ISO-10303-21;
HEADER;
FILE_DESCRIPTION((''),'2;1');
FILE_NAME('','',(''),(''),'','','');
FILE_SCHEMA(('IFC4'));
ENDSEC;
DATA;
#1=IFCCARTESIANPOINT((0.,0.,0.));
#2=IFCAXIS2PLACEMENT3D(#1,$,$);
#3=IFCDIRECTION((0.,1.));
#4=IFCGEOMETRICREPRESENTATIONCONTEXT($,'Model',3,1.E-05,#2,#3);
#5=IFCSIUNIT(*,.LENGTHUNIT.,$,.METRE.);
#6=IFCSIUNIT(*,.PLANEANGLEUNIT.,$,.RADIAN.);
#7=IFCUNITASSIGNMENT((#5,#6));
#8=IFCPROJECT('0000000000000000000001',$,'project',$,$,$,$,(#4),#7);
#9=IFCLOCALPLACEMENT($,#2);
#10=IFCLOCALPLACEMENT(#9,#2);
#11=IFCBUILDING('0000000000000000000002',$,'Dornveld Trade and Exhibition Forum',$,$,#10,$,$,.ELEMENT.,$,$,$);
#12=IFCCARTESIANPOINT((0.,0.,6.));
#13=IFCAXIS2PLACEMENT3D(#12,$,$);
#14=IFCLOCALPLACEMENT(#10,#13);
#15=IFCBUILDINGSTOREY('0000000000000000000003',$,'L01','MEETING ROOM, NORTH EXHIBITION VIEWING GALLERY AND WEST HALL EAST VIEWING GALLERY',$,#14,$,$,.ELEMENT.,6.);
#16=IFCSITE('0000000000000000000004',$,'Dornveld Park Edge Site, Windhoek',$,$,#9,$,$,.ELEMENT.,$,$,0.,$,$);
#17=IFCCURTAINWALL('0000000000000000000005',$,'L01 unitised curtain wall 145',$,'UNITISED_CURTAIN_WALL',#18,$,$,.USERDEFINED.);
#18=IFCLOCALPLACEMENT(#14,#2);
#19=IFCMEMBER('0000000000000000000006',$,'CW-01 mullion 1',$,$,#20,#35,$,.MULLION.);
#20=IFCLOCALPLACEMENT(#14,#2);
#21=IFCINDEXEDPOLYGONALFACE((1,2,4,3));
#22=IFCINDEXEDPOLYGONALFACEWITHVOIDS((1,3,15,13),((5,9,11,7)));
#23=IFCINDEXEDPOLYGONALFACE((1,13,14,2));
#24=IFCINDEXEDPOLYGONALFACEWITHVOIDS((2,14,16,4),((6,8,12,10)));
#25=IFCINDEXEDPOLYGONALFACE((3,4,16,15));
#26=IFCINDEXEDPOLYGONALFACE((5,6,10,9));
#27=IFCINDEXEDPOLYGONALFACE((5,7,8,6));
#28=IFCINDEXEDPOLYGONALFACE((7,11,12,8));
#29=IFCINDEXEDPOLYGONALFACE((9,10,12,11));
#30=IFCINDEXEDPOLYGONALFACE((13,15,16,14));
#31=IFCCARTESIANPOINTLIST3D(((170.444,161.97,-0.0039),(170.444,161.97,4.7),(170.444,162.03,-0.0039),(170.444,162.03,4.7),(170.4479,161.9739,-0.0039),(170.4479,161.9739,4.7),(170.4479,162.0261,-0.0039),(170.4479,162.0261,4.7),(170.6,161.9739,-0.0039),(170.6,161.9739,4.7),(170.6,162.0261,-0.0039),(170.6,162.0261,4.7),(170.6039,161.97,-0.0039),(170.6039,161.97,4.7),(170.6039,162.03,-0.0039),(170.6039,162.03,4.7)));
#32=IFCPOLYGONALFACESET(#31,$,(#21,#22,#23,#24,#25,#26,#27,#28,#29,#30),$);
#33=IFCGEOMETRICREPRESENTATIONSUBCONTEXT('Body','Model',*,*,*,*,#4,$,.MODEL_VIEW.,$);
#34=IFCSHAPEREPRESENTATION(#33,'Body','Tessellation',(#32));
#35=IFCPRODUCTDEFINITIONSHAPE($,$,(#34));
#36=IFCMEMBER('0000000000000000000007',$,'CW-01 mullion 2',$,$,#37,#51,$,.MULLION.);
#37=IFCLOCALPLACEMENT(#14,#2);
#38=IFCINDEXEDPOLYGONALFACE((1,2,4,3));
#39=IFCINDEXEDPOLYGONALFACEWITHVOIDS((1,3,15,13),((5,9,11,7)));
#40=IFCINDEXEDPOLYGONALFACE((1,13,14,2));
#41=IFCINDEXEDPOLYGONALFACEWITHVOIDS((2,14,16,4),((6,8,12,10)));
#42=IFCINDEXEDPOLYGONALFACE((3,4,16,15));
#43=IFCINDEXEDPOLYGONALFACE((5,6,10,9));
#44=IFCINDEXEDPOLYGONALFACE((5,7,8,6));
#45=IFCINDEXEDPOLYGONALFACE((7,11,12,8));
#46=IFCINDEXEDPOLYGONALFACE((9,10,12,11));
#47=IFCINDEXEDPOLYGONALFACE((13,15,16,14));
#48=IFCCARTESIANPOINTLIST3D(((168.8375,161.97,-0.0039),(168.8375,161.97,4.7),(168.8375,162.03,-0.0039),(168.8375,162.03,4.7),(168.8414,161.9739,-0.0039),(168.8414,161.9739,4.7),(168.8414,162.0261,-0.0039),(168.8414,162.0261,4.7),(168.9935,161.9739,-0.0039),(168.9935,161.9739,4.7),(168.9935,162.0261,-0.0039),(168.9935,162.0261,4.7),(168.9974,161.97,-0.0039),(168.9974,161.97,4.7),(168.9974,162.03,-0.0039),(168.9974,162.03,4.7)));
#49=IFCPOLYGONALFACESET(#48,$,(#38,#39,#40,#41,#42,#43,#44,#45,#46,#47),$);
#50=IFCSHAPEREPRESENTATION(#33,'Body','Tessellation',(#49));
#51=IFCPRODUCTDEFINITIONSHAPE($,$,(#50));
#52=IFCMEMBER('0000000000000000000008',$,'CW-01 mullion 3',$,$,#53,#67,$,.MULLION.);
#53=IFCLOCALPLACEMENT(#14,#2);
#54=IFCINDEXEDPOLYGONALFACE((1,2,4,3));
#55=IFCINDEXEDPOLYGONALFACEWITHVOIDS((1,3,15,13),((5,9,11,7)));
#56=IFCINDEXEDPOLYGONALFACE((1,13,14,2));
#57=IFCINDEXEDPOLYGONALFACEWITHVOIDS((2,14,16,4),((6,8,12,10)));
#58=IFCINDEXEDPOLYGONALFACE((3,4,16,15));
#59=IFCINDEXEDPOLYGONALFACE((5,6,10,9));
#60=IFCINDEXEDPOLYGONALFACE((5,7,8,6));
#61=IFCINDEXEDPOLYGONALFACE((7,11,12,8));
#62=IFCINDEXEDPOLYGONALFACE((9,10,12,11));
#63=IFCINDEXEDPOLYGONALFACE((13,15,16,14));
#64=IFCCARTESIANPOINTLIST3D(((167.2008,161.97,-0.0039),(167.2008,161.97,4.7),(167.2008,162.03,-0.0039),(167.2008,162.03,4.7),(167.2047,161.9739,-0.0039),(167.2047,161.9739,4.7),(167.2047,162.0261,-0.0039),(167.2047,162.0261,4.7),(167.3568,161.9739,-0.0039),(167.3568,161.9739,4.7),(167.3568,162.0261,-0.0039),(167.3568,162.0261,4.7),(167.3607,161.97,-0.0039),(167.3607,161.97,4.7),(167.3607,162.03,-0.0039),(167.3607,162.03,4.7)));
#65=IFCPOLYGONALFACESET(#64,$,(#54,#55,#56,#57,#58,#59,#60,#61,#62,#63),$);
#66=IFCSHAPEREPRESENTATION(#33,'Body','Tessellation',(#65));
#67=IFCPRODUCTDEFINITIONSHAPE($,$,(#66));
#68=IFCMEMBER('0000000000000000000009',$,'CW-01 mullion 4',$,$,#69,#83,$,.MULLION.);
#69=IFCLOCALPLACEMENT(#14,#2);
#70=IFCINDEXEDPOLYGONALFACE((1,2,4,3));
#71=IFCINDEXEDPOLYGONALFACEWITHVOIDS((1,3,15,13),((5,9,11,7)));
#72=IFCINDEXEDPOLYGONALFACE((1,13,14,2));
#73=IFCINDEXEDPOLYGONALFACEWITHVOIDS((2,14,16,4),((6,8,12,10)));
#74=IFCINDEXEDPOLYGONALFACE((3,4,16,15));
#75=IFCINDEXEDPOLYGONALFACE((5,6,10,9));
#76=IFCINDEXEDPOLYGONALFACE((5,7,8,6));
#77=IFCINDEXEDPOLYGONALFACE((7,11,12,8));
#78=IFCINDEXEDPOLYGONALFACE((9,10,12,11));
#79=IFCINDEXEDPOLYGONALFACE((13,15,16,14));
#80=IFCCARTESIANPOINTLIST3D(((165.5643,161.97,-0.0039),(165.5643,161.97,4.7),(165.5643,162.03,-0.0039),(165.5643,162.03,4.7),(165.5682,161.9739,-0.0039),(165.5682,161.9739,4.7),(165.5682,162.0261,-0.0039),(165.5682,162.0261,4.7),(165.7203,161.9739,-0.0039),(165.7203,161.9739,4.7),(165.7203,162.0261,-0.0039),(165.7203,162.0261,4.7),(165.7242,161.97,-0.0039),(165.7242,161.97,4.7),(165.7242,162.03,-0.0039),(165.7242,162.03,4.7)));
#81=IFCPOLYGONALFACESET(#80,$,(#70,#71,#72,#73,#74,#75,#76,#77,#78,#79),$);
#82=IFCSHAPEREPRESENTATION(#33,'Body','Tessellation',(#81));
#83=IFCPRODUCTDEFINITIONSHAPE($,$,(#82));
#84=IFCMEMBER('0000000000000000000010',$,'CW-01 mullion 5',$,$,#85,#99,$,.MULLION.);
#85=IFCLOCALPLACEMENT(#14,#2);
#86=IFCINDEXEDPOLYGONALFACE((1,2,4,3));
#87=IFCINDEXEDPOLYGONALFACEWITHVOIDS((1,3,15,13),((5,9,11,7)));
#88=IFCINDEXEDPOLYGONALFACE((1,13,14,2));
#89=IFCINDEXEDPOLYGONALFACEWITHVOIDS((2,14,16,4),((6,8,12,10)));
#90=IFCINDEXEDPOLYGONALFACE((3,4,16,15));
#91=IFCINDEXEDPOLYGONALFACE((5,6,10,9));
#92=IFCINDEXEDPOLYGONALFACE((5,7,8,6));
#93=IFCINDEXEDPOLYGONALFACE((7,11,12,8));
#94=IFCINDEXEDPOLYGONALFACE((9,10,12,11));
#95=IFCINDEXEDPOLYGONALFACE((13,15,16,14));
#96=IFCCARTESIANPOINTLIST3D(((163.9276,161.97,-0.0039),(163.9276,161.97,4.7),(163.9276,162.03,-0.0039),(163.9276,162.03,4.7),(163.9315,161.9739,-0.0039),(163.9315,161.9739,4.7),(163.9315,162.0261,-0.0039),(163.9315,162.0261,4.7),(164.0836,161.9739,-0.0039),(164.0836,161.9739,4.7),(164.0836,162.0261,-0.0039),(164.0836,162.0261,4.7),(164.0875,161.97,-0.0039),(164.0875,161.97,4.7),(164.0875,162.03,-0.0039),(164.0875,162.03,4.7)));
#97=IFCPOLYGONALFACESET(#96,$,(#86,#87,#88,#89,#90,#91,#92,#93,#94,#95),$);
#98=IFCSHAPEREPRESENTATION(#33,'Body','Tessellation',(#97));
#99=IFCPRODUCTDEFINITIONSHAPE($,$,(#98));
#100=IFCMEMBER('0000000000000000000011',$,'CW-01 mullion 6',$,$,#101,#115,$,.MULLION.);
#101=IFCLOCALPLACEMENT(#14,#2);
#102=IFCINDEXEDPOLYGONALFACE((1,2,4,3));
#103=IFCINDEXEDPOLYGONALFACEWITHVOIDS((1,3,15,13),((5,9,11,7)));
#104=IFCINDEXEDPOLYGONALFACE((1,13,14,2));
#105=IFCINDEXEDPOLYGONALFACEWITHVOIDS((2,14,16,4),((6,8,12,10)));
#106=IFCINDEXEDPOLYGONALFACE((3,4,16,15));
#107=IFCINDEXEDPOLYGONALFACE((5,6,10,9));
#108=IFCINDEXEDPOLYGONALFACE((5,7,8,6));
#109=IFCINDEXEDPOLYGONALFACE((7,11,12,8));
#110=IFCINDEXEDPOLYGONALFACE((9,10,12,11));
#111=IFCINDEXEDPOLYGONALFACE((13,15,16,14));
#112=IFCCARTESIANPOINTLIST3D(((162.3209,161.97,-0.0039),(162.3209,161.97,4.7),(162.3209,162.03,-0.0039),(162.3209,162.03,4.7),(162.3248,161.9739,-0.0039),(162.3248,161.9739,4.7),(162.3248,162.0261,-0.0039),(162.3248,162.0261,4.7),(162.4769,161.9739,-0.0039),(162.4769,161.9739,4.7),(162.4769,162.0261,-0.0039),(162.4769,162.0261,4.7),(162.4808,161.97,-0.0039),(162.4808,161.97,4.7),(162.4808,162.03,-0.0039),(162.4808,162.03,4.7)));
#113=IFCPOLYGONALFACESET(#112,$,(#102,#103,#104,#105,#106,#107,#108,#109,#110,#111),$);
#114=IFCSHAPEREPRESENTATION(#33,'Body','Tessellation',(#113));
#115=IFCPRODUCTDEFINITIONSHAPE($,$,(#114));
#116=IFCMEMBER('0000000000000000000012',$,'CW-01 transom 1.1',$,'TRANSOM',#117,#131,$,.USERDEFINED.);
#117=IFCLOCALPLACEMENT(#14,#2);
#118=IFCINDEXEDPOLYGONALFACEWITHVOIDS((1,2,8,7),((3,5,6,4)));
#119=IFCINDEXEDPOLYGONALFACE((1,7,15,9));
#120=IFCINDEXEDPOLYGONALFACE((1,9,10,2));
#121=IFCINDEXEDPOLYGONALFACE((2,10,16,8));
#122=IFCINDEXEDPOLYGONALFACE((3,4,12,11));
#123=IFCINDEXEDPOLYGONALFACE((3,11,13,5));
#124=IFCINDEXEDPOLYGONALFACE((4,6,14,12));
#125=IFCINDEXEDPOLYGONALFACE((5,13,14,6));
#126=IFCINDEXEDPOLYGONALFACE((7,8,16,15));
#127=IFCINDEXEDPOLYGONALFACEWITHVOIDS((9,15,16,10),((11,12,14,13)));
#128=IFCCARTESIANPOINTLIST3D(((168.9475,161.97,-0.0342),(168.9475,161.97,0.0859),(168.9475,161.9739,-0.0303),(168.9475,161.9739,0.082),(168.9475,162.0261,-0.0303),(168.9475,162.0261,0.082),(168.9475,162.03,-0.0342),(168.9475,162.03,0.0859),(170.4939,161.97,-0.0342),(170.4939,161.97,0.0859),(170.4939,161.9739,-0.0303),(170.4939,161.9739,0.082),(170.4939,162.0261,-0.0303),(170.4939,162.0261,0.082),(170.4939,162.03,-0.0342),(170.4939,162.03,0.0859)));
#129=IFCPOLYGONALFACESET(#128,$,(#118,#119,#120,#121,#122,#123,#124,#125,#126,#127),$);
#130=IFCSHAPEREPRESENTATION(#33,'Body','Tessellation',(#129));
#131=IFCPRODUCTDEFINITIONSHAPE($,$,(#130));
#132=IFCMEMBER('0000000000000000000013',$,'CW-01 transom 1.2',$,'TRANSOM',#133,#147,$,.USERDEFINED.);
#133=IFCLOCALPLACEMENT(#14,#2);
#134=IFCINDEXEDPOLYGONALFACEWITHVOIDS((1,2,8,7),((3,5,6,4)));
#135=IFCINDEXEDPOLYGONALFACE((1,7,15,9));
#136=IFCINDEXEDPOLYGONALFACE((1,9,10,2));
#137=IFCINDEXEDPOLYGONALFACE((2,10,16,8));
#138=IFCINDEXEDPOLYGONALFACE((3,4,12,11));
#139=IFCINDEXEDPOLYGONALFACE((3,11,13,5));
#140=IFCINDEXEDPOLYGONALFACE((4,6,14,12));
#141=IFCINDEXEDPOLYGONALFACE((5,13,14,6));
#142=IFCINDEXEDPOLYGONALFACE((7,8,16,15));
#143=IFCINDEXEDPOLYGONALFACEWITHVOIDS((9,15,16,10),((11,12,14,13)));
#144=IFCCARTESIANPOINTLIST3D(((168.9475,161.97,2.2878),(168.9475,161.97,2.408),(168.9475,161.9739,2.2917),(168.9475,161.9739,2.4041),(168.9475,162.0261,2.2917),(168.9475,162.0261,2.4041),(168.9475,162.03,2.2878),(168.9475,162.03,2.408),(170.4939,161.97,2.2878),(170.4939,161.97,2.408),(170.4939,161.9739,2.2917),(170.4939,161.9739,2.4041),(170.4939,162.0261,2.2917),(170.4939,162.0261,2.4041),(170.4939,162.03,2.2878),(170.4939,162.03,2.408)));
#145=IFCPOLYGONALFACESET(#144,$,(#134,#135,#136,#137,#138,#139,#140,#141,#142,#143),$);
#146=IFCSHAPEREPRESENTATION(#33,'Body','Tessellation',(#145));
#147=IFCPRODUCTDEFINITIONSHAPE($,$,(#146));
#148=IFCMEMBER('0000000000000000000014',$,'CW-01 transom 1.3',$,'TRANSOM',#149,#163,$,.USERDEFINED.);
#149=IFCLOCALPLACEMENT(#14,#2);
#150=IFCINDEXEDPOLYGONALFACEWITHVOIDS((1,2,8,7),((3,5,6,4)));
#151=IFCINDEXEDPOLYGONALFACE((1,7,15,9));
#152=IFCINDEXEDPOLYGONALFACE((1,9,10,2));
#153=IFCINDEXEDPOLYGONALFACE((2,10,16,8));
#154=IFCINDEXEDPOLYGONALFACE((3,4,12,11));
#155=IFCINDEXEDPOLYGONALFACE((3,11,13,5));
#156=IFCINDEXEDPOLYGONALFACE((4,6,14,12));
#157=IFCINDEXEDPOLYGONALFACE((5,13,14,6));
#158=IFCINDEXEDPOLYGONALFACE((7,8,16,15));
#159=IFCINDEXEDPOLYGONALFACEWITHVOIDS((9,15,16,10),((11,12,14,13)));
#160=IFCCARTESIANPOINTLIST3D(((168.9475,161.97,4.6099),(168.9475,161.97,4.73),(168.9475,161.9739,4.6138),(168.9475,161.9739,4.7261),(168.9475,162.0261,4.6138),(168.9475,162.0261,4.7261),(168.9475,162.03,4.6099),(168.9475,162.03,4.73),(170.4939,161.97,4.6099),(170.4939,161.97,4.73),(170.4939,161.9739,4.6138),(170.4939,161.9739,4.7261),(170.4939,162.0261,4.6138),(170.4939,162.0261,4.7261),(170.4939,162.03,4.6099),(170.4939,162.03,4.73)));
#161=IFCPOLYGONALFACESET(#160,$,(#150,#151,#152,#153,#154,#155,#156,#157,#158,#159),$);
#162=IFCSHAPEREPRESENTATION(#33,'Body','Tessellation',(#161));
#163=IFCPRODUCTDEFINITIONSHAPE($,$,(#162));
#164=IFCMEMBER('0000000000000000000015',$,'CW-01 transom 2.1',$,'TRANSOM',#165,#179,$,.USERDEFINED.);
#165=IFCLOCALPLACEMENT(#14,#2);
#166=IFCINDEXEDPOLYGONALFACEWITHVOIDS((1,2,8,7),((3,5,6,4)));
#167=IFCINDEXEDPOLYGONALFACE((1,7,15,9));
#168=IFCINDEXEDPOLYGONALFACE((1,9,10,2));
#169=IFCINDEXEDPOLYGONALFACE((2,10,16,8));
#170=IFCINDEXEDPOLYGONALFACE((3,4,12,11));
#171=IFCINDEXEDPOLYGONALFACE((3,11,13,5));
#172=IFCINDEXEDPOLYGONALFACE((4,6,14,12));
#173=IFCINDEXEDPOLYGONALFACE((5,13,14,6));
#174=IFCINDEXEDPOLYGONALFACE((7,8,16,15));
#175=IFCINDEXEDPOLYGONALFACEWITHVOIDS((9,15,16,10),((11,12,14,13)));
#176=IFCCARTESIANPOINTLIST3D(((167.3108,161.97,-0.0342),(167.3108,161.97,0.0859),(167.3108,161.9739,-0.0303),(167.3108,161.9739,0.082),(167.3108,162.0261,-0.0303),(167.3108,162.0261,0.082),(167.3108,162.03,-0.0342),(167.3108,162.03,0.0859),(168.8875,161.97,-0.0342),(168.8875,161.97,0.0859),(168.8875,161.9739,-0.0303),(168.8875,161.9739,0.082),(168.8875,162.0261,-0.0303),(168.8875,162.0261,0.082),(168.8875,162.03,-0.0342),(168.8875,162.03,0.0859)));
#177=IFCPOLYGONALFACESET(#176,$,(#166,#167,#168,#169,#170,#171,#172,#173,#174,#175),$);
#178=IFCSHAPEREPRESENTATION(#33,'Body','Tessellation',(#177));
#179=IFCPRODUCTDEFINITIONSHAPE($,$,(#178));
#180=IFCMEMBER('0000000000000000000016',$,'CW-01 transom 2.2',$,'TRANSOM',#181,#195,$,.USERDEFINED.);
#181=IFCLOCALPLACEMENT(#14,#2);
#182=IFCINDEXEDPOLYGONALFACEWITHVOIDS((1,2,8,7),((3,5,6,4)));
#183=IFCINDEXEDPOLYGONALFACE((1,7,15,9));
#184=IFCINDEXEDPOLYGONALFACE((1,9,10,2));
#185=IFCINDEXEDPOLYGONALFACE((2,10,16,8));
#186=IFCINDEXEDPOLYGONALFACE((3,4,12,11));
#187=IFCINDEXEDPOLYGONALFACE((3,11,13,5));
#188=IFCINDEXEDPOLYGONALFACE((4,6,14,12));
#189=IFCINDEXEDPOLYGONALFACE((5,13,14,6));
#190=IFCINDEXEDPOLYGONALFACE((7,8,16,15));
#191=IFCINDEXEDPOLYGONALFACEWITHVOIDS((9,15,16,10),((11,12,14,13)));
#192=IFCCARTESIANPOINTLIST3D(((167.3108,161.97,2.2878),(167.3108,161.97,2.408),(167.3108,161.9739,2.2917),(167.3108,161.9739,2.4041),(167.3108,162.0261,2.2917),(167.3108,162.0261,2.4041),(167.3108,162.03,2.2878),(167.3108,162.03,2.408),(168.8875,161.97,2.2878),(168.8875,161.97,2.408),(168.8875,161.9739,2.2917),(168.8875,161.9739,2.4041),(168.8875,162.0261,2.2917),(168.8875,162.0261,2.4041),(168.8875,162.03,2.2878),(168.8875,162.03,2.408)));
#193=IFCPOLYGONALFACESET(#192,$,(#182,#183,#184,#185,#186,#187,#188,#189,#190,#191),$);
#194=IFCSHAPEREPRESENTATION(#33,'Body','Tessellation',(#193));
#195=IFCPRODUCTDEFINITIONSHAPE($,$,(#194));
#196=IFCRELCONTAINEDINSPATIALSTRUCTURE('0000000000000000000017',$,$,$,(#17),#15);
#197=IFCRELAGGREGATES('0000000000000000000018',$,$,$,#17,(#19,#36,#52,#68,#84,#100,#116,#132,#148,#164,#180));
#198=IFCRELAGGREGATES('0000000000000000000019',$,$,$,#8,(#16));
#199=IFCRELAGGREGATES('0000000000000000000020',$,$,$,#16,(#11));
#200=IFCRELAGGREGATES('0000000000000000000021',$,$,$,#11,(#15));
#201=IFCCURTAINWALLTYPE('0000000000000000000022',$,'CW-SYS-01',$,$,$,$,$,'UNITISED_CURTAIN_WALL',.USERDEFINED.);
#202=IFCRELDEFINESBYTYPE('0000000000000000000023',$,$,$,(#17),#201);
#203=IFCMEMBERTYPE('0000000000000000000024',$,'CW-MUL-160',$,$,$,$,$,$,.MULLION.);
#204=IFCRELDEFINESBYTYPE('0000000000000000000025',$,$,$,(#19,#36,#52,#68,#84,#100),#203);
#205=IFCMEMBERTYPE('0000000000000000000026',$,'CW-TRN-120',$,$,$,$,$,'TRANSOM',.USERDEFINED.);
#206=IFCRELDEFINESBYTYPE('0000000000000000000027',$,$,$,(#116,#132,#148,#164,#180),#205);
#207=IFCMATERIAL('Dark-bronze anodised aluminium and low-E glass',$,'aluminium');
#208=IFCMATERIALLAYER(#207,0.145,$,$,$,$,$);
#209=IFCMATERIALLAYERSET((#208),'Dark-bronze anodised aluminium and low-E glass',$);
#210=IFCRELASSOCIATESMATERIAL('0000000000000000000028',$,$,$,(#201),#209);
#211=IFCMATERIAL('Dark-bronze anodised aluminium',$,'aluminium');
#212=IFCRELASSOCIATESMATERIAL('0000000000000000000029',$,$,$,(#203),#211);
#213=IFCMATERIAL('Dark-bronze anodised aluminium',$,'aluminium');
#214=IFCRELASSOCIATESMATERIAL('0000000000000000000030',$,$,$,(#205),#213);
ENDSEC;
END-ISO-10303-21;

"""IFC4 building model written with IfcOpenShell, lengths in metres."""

from ifc_helpers import new_model, si_unit, direction, frame, origin, origin_2d, place, context, subcontext, project, spatial, hollow_rectangle, extrude, material, layer, layer_set, material_profile, profile_set, type_object, element, aggregate, save


model = new_model("IFC4")

# Units and contexts
model_context = context("Model", 3, precision=1e-05, world=origin(), true_north=direction((0.0, 1.0)))
body_context = subcontext(model_context, "Body", "Model", "MODEL_VIEW")
ifc_project = project(units=[si_unit("LENGTHUNIT", "METRE"), si_unit("PLANEANGLEUNIT", "RADIAN")], contexts=[model_context])

# Site, building, storey
site_placement = place(None, origin())
site = spatial("IfcSite", under=ifc_project, at=site_placement, Name="Dornveld Park Edge Site, Windhoek", CompositionType="ELEMENT", RefElevation=0.0)
building_placement = place(site_placement, origin())
building = spatial("IfcBuilding", under=site, at=building_placement, Name="Dornveld Trade and Exhibition Forum", CompositionType="ELEMENT")
storey_placement = place(building_placement, frame((0.0, 0.0, 6.0)))
storey = spatial("IfcBuildingStorey", under=building, at=storey_placement, Name="L01", Description="MEETING ROOM, NORTH EXHIBITION VIEWING GALLERY AND WEST HALL EAST VIEWING GALLERY", CompositionType="ELEMENT", Elevation=6.0)

# Curtain wall, members
ifc_material_1 = material(Name="Dark-bronze anodised aluminium and low-E glass", Category="aluminium")
ifc_layer_1 = layer(ifc_material_1, 0.145)
ifc_layer_set_1 = layer_set([ifc_layer_1], Name="Dark-bronze anodised aluminium and low-E glass")
curtain_wall_type = type_object("IfcCurtainWallType", Name="CW-SYS-01", ElementType="UNITISED_CURTAIN_WALL", PredefinedType="USERDEFINED", material=ifc_layer_set_1)
curtain_wall_placement = place(storey_placement, origin())
curtain_wall = element("IfcCurtainWall", 1, at=curtain_wall_placement, inside=storey, type_object=curtain_wall_type, Name="L01 unitised curtain wall 145", ObjectType="UNITISED_CURTAIN_WALL", PredefinedType="USERDEFINED")
ifc_material_2 = material(Name="Dark-bronze anodised aluminium", Category="aluminium")
ifc_material_profile_1 = material_profile(ifc_material_2, hollow_rectangle(XDim=0.0601, YDim=0.1599, WallThickness=0.0039, at=origin_2d()), Name="RHS 160x60x4")
ifc_profile_set_1 = profile_set([ifc_material_profile_1], Name="Dark-bronze anodised aluminium")
member_type_1 = type_object("IfcMemberType", Name="CW-MUL-160", PredefinedType="MULLION", material=ifc_profile_set_1)
member_1_placement = place(storey_placement, frame((170.5239, 162.0, -0.0039), z_axis=(0.0, 0.0, 1.0), x_axis=(0.0, -1.0, 0.0)))
member_1 = element("IfcMember", 2, at=member_1_placement, type_object=member_type_1, Name="CW-01 mullion 1", PredefinedType="MULLION", context=body_context, shape_type="SweptSolid", body=[
    extrude(hollow_rectangle(XDim=0.0601, YDim=0.1599, WallThickness=0.0039, at=origin_2d()), origin(), (0.0, 0.0, 1.0), 4.7039),
])
member_2_placement = place(storey_placement, frame((168.9175, 162.0, -0.0039), z_axis=(0.0, 0.0, 1.0), x_axis=(0.0, -1.0, 0.0)))
member_2 = element("IfcMember", 3, at=member_2_placement, type_object=member_type_1, Name="CW-01 mullion 2", PredefinedType="MULLION", context=body_context, shape_type="SweptSolid", body=[
    extrude(hollow_rectangle(XDim=0.0601, YDim=0.1599, WallThickness=0.0039, at=origin_2d()), origin(), (0.0, 0.0, 1.0), 4.7039),
])
member_3_placement = place(storey_placement, frame((167.2808, 162.0, -0.0039), z_axis=(0.0, 0.0, 1.0), x_axis=(0.0, -1.0, 0.0)))
member_3 = element("IfcMember", 4, at=member_3_placement, type_object=member_type_1, Name="CW-01 mullion 3", PredefinedType="MULLION", context=body_context, shape_type="SweptSolid", body=[
    extrude(hollow_rectangle(XDim=0.0601, YDim=0.1599, WallThickness=0.0039, at=origin_2d()), origin(), (0.0, 0.0, 1.0), 4.7039),
])
member_4_placement = place(storey_placement, frame((165.6443, 162.0, -0.0039), z_axis=(0.0, 0.0, 1.0), x_axis=(0.0, -1.0, 0.0)))
member_4 = element("IfcMember", 5, at=member_4_placement, type_object=member_type_1, Name="CW-01 mullion 4", PredefinedType="MULLION", context=body_context, shape_type="SweptSolid", body=[
    extrude(hollow_rectangle(XDim=0.0601, YDim=0.1599, WallThickness=0.0039, at=origin_2d()), origin(), (0.0, 0.0, 1.0), 4.7039),
])
member_5_placement = place(storey_placement, frame((164.0076, 162.0, -0.0039), z_axis=(0.0, 0.0, 1.0), x_axis=(0.0, -1.0, 0.0)))
member_5 = element("IfcMember", 6, at=member_5_placement, type_object=member_type_1, Name="CW-01 mullion 5", PredefinedType="MULLION", context=body_context, shape_type="SweptSolid", body=[
    extrude(hollow_rectangle(XDim=0.0601, YDim=0.1599, WallThickness=0.0039, at=origin_2d()), origin(), (0.0, 0.0, 1.0), 4.7039),
])
member_6_placement = place(storey_placement, frame((162.4009, 162.0, -0.0039), z_axis=(0.0, 0.0, 1.0), x_axis=(0.0, -1.0, 0.0)))
member_6 = element("IfcMember", 7, at=member_6_placement, type_object=member_type_1, Name="CW-01 mullion 6", PredefinedType="MULLION", context=body_context, shape_type="SweptSolid", body=[
    extrude(hollow_rectangle(XDim=0.0601, YDim=0.1599, WallThickness=0.0039, at=origin_2d()), origin(), (0.0, 0.0, 1.0), 4.7039),
])
ifc_material_3 = material(Name="Dark-bronze anodised aluminium", Category="aluminium")
ifc_material_profile_2 = material_profile(ifc_material_3, hollow_rectangle(XDim=0.0601, YDim=0.1201, WallThickness=0.0039, at=origin_2d()), Name="RHS 120x60x4")
ifc_profile_set_2 = profile_set([ifc_material_profile_2], Name="Dark-bronze anodised aluminium")
member_type_2 = type_object("IfcMemberType", Name="CW-TRN-120", ElementType="TRANSOM", PredefinedType="USERDEFINED", material=ifc_profile_set_2)
member_7_placement = place(storey_placement, frame((170.4939, 162.0, 0.0259), z_axis=(-1.0, 0.0, 0.0), x_axis=(0.0, -1.0, 0.0)))
member_7 = element("IfcMember", 8, at=member_7_placement, type_object=member_type_2, Name="CW-01 transom 1.1", ObjectType="TRANSOM", PredefinedType="USERDEFINED", context=body_context, shape_type="SweptSolid", body=[
    extrude(hollow_rectangle(XDim=0.0601, YDim=0.1201, WallThickness=0.0039, at=origin_2d()), origin(), (0.0, 0.0, 1.0), 1.5464),
])
member_8_placement = place(storey_placement, frame((170.4939, 162.0, 2.3479), z_axis=(-1.0, 0.0, 0.0), x_axis=(0.0, -1.0, 0.0)))
member_8 = element("IfcMember", 9, at=member_8_placement, type_object=member_type_2, Name="CW-01 transom 1.2", ObjectType="TRANSOM", PredefinedType="USERDEFINED", context=body_context, shape_type="SweptSolid", body=[
    extrude(hollow_rectangle(XDim=0.0601, YDim=0.1201, WallThickness=0.0039, at=origin_2d()), origin(), (0.0, 0.0, 1.0), 1.5464),
])
member_9_placement = place(storey_placement, frame((170.4939, 162.0, 4.6699), z_axis=(-1.0, 0.0, 0.0), x_axis=(0.0, -1.0, 0.0)))
member_9 = element("IfcMember", 10, at=member_9_placement, type_object=member_type_2, Name="CW-01 transom 1.3", ObjectType="TRANSOM", PredefinedType="USERDEFINED", context=body_context, shape_type="SweptSolid", body=[
    extrude(hollow_rectangle(XDim=0.0601, YDim=0.1201, WallThickness=0.0039, at=origin_2d()), origin(), (0.0, 0.0, 1.0), 1.5464),
])
member_10_placement = place(storey_placement, frame((168.8875, 162.0, 0.0259), z_axis=(-1.0, 0.0, 0.0), x_axis=(0.0, -1.0, 0.0)))
member_10 = element("IfcMember", 11, at=member_10_placement, type_object=member_type_2, Name="CW-01 transom 2.1", ObjectType="TRANSOM", PredefinedType="USERDEFINED", context=body_context, shape_type="SweptSolid", body=[
    extrude(hollow_rectangle(XDim=0.0601, YDim=0.1201, WallThickness=0.0039, at=origin_2d()), origin(), (0.0, 0.0, 1.0), 1.5767),
])
member_11_placement = place(storey_placement, frame((168.8875, 162.0, 2.3479), z_axis=(-1.0, 0.0, 0.0), x_axis=(0.0, -1.0, 0.0)))
member_11 = element("IfcMember", 12, at=member_11_placement, type_object=member_type_2, Name="CW-01 transom 2.2", ObjectType="TRANSOM", PredefinedType="USERDEFINED", context=body_context, shape_type="SweptSolid", body=[
    extrude(hollow_rectangle(XDim=0.0601, YDim=0.1201, WallThickness=0.0039, at=origin_2d()), origin(), (0.0, 0.0, 1.0), 1.5767),
])
aggregate(curtain_wall, [member_1, member_2, member_3, member_4, member_5, member_6, member_7, member_8, member_9, member_10, member_11])

save(model, "model.ifc")
